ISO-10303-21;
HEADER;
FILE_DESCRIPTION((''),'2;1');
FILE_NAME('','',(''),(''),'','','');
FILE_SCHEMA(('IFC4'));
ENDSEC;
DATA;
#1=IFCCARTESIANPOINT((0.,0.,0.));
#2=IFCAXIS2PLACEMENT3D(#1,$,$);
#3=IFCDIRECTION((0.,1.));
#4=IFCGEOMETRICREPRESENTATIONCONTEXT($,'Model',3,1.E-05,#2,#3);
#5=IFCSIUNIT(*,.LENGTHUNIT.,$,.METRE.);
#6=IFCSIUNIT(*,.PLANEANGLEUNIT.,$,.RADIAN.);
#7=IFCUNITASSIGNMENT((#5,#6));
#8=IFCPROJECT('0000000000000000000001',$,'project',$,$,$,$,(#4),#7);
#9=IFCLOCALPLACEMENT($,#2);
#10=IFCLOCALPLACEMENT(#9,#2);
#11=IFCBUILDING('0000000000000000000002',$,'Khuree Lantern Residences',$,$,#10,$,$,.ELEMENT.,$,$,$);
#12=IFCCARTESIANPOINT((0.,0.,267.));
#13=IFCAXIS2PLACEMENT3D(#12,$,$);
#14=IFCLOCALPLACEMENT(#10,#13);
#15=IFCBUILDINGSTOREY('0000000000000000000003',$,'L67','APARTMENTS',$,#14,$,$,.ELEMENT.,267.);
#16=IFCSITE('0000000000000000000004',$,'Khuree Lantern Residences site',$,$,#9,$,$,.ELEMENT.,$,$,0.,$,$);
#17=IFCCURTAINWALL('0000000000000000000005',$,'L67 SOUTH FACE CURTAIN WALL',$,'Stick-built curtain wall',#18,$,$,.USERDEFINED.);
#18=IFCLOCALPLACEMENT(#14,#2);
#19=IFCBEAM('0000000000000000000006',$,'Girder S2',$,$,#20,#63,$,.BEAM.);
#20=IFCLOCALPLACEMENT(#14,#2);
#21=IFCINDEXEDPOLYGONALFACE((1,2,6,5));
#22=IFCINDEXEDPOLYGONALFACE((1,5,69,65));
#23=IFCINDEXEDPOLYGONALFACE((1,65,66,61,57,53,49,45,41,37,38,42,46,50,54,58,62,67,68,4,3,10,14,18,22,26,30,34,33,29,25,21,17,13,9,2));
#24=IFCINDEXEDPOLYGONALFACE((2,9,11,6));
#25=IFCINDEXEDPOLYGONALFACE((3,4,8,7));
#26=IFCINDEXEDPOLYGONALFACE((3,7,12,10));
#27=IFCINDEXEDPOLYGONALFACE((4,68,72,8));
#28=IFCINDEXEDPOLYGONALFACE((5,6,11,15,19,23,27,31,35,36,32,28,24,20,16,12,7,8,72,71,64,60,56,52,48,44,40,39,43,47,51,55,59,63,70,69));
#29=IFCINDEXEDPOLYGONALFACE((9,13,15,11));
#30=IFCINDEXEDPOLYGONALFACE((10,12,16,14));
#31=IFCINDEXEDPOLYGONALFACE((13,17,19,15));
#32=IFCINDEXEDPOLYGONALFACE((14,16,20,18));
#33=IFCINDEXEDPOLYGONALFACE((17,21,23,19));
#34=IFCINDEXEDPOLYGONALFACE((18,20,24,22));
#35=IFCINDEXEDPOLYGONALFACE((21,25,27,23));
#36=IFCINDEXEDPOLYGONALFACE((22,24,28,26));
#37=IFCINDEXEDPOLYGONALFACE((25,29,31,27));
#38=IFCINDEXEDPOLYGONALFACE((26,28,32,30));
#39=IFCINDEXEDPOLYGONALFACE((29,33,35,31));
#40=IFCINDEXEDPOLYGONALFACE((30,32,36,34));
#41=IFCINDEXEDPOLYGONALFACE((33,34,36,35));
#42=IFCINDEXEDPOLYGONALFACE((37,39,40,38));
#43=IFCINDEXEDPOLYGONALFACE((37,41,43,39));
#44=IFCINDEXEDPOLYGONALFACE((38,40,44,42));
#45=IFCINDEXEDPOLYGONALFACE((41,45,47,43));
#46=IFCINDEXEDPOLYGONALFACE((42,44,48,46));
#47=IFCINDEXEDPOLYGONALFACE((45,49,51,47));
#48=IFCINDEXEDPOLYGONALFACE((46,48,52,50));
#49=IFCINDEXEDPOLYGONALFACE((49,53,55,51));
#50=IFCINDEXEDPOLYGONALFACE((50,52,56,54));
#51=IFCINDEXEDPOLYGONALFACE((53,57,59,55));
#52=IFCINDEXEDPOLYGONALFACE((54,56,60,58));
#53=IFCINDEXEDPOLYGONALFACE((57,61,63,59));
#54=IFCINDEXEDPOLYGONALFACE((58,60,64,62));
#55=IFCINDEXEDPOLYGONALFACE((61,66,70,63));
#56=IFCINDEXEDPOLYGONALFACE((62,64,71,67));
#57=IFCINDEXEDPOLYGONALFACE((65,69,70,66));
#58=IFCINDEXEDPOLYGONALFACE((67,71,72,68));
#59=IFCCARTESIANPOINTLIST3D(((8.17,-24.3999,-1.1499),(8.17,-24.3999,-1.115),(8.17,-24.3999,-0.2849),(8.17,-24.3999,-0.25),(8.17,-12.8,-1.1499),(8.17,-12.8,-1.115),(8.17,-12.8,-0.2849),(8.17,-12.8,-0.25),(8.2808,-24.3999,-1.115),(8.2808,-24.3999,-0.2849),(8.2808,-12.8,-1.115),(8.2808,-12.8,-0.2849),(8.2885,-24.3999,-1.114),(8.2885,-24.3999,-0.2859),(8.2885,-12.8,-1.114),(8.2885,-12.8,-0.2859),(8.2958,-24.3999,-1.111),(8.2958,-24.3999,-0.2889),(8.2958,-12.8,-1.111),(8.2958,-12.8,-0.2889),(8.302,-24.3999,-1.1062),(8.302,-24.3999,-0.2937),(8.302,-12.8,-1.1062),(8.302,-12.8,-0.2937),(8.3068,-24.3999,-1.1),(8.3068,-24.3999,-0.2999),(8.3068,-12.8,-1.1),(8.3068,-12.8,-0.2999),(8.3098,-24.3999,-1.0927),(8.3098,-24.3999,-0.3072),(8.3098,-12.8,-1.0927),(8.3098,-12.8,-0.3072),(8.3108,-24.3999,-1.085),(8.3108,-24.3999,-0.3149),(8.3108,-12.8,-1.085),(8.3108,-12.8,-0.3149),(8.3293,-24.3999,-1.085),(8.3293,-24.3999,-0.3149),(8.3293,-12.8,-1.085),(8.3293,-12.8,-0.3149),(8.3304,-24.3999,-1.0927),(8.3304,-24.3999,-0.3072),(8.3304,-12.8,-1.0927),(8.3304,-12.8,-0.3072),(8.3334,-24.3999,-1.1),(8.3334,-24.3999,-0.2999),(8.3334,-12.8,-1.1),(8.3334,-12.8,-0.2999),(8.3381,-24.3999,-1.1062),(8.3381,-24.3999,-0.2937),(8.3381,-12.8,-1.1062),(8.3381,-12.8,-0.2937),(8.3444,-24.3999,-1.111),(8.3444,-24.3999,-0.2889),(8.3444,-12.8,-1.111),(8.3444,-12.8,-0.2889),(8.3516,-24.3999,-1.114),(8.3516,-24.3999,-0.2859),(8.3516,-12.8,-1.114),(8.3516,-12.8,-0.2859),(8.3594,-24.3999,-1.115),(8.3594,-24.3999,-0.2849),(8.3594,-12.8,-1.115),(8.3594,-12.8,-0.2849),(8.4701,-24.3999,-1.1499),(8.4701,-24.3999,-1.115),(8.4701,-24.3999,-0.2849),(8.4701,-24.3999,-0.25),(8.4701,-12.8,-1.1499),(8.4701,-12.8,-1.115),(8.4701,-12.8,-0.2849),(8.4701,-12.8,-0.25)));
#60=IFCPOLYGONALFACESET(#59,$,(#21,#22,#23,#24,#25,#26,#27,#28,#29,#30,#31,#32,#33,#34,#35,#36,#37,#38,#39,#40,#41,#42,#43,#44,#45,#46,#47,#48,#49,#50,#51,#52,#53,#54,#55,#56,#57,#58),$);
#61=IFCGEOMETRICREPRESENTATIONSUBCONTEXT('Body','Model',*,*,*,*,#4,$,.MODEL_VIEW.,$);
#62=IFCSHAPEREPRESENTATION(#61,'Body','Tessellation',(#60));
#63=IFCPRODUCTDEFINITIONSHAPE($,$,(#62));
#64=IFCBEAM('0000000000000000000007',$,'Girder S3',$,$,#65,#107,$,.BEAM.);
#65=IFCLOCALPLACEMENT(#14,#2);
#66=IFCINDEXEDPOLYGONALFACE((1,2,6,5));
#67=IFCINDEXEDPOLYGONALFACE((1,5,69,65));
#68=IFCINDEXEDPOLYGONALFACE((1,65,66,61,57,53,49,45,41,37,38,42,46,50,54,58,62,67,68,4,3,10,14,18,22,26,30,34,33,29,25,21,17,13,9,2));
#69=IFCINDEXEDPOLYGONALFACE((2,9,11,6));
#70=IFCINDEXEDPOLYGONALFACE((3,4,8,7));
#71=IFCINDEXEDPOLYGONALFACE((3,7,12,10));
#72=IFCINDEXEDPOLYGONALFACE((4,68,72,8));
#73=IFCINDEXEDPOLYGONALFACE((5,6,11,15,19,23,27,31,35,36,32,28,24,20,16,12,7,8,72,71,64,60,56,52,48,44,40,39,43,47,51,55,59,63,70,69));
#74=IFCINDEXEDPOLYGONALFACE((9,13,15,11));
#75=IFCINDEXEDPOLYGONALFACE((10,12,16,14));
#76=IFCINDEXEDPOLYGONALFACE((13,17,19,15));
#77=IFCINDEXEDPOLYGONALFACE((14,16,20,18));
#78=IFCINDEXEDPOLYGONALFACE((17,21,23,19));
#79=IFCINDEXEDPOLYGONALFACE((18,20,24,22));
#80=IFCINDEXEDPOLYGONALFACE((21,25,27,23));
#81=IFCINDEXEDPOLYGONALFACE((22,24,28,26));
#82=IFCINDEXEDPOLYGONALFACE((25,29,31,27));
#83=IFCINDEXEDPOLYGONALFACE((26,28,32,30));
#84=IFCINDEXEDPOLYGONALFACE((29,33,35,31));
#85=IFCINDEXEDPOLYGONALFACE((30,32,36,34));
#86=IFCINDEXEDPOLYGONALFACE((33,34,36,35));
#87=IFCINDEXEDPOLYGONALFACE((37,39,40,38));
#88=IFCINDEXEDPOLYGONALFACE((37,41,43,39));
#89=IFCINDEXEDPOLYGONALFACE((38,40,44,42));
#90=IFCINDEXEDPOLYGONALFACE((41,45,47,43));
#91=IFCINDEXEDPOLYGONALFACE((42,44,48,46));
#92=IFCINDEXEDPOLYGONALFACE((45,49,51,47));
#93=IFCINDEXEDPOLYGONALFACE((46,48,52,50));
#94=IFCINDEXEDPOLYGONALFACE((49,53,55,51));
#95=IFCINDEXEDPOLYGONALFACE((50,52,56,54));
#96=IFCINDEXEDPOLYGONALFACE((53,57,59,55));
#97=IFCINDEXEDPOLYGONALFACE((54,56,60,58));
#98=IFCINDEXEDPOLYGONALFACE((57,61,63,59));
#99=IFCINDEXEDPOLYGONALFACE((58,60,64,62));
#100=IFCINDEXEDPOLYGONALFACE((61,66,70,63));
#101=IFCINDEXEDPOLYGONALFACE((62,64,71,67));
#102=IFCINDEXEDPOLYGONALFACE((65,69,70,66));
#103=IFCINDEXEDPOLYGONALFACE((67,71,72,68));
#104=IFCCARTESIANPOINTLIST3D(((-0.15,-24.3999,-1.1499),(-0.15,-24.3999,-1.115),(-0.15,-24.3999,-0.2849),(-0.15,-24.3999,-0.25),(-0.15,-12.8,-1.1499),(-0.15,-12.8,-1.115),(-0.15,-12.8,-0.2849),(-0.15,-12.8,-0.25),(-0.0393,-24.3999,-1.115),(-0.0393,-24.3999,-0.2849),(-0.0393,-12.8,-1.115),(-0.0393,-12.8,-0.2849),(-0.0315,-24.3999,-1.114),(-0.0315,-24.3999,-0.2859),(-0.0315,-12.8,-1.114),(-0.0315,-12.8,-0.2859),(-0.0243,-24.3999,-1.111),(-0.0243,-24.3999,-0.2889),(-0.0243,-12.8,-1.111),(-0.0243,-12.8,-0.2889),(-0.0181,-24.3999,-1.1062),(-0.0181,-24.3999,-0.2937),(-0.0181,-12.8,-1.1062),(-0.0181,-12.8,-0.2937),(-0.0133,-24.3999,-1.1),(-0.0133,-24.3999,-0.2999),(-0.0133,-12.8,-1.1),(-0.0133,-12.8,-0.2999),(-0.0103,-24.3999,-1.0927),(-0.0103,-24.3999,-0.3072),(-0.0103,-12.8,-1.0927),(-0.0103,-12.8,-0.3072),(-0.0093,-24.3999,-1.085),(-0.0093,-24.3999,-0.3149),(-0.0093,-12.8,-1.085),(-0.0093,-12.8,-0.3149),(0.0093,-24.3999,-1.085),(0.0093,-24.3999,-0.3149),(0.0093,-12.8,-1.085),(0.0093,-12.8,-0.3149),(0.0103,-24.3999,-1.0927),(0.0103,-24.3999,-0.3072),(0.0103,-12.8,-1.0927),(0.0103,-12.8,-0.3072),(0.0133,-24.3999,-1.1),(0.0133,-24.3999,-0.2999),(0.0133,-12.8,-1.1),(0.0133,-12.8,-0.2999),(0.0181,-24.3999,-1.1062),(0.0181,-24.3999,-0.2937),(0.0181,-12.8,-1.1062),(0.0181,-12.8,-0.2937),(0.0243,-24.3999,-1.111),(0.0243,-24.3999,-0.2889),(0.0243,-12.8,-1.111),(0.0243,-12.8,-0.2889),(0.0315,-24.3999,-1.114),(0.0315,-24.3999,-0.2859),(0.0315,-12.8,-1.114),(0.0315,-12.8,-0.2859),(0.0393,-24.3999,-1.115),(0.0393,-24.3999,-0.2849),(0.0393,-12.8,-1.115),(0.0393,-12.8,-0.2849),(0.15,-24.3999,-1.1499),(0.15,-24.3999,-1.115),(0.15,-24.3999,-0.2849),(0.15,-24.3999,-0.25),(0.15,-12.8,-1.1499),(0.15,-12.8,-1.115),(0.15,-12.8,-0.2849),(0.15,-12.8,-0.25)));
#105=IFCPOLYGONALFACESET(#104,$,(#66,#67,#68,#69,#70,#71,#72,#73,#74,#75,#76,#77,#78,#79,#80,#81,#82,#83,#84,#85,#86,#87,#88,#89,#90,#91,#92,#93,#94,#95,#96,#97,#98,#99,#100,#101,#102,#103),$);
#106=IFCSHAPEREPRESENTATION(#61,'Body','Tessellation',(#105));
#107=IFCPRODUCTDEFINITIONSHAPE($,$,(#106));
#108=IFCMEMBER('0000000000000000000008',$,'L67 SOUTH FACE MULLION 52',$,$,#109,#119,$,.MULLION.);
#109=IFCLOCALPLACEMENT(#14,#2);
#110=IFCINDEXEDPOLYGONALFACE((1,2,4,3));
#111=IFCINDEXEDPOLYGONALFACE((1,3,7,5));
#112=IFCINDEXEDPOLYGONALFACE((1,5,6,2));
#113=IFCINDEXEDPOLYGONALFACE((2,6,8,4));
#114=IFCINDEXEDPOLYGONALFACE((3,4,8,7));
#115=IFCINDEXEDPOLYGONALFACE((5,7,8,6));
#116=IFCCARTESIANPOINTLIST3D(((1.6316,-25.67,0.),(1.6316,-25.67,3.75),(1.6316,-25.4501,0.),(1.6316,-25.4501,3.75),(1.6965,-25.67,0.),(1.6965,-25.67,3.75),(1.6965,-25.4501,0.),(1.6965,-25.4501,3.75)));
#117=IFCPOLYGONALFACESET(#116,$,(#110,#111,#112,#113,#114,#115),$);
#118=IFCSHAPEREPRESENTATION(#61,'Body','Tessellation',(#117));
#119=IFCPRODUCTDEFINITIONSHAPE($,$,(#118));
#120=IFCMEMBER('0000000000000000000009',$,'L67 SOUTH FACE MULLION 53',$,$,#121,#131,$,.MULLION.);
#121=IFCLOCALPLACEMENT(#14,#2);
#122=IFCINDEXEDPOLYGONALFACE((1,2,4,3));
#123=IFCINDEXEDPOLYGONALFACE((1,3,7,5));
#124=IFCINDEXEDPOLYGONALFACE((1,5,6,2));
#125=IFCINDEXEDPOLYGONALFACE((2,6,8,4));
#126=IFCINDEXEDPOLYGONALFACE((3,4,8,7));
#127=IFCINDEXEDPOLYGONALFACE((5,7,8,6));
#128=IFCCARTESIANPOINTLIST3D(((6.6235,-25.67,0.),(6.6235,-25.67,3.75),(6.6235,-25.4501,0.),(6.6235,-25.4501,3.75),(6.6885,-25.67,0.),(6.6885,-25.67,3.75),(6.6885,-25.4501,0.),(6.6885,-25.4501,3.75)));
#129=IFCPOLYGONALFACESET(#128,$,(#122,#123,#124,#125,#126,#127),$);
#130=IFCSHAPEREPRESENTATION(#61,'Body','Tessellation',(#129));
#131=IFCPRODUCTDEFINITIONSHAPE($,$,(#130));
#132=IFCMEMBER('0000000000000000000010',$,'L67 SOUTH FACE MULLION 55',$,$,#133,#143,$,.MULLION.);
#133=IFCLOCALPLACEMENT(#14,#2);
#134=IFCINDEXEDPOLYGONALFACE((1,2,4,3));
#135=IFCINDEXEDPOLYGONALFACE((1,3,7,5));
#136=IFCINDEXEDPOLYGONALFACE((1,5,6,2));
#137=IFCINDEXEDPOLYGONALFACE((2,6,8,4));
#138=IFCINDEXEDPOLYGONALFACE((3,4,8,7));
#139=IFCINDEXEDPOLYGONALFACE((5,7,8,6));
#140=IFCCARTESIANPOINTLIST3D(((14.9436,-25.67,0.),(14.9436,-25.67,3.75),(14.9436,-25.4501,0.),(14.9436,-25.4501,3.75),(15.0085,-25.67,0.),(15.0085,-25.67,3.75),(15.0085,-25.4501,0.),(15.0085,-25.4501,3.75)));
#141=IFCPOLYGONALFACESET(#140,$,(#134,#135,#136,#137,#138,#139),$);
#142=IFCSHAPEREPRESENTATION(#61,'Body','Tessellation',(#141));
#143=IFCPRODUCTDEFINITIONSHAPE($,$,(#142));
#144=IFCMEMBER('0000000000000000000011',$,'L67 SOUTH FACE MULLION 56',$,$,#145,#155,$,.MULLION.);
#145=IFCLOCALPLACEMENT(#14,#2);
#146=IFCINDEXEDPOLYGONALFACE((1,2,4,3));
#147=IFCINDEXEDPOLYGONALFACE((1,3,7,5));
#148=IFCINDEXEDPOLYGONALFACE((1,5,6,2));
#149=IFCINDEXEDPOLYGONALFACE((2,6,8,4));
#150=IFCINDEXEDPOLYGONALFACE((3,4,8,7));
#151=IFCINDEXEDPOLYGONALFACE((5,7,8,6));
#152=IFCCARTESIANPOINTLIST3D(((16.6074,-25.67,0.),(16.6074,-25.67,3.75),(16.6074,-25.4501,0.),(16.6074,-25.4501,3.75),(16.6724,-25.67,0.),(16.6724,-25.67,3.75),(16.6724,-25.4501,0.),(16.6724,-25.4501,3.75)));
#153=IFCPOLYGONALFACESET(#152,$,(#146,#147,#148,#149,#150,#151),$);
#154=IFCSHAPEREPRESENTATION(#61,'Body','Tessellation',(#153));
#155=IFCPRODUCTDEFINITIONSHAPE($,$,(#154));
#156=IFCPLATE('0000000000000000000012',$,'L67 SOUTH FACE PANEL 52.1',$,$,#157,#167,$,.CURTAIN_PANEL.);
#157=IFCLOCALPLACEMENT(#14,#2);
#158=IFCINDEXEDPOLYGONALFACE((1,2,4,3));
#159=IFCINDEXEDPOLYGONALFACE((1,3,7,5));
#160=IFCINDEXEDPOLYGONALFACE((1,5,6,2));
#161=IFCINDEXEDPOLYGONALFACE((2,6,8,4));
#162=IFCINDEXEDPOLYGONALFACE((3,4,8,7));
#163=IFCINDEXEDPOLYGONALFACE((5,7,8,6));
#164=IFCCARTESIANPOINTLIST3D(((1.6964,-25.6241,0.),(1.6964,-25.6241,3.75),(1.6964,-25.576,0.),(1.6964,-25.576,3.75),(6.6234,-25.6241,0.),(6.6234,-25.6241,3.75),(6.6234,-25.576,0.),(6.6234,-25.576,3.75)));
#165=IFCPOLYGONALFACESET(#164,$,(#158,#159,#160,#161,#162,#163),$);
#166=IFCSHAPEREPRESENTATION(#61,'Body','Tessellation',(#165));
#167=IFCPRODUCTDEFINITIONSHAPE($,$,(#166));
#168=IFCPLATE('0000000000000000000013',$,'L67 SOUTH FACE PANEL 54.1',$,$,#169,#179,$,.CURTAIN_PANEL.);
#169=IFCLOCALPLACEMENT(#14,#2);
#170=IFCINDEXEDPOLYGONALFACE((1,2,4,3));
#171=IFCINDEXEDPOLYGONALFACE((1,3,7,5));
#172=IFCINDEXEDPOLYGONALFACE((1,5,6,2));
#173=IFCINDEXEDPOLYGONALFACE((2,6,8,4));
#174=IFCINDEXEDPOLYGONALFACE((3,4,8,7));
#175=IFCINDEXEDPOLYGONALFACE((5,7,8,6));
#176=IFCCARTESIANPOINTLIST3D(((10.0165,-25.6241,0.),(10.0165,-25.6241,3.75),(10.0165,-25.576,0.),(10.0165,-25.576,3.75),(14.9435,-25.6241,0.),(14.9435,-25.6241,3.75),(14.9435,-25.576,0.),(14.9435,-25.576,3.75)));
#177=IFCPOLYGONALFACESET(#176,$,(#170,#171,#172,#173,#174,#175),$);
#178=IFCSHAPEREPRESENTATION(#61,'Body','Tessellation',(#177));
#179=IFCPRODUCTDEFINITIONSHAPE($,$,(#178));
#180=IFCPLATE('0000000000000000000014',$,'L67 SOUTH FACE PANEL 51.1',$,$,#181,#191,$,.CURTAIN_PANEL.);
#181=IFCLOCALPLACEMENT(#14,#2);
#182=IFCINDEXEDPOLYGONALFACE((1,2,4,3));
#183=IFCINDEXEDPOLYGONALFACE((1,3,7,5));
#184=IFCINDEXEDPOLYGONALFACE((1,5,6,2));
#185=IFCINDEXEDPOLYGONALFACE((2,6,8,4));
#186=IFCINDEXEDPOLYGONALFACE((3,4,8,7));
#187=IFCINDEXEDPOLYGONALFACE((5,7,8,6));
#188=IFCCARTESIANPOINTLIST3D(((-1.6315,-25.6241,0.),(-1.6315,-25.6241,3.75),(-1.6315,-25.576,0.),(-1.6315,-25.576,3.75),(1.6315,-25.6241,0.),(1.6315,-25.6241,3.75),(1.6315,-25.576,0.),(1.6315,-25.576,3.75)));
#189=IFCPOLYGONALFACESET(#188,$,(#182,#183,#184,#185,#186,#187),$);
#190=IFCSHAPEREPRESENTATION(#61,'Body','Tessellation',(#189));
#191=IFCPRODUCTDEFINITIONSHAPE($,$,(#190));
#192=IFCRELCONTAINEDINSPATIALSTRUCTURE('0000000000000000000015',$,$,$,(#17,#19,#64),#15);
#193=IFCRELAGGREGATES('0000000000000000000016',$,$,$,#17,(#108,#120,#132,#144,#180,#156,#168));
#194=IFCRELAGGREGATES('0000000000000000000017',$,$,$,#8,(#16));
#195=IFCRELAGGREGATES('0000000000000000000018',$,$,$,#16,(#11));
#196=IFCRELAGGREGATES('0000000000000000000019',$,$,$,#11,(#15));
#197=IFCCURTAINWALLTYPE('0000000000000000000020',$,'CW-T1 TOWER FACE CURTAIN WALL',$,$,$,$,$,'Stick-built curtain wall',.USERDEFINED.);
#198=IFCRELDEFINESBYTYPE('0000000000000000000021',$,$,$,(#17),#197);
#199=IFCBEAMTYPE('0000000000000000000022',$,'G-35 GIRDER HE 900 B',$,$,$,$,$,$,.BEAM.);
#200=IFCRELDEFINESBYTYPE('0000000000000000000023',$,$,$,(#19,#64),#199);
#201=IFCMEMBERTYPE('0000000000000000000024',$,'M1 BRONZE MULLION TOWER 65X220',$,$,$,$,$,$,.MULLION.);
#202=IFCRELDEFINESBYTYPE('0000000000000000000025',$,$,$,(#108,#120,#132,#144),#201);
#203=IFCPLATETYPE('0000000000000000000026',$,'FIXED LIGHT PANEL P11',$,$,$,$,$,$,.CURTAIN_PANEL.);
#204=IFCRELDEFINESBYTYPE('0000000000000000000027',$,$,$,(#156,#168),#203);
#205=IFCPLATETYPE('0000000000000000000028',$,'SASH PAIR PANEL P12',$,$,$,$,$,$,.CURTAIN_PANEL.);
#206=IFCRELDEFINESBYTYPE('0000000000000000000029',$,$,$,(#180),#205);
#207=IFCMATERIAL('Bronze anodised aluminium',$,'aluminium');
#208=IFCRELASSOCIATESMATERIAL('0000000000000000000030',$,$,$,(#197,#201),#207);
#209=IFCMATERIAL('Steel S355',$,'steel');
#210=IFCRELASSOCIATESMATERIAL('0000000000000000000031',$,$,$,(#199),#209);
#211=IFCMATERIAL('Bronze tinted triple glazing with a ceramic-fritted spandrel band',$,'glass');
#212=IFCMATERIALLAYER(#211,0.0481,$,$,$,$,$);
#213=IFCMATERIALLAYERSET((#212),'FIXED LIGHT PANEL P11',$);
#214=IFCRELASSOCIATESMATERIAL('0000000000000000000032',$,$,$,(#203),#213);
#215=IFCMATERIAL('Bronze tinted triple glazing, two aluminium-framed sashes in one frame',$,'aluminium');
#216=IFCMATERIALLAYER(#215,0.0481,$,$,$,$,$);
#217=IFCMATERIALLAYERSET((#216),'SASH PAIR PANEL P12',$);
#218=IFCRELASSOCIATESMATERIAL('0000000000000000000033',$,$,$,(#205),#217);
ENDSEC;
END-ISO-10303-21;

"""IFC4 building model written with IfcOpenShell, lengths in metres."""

from ifc_helpers import new_model, si_unit, direction, frame, origin, origin_2d, place, context, subcontext, project, spatial, rectangle, i_section, extrude, material, layer, layer_set, material_profile, profile_set, type_object, element, aggregate, save


model = new_model("IFC4")

# Units and contexts
model_context = context("Model", 3, precision=1e-05, world=origin(), true_north=direction((0.0, 1.0)))
body_context = subcontext(model_context, "Body", "Model", "MODEL_VIEW")
ifc_project = project(units=[si_unit("LENGTHUNIT", "METRE"), si_unit("PLANEANGLEUNIT", "RADIAN")], contexts=[model_context])

# Site, building, storey
site_placement = place(None, origin())
site = spatial("IfcSite", under=ifc_project, at=site_placement, Name="Khuree Lantern Residences site", CompositionType="ELEMENT", RefElevation=0.0)
building_placement = place(site_placement, origin())
building = spatial("IfcBuilding", under=site, at=building_placement, Name="Khuree Lantern Residences", CompositionType="ELEMENT")
storey_placement = place(building_placement, frame((0.0, 0.0, 267.0)))
storey = spatial("IfcBuildingStorey", under=building, at=storey_placement, Name="L67", Description="APARTMENTS", CompositionType="ELEMENT", Elevation=267.0)

# Shared definitions
ifc_material_1 = material(Name="Steel S355", Category="steel")

# Curtain wall
ifc_material_2 = material(Name="Bronze anodised aluminium", Category="aluminium")
curtain_wall_type = type_object("IfcCurtainWallType", Name="CW-T1 TOWER FACE CURTAIN WALL", ElementType="Stick-built curtain wall", PredefinedType="USERDEFINED", material=ifc_material_2)
curtain_wall_placement = place(storey_placement, origin())
curtain_wall = element("IfcCurtainWall", 1, at=curtain_wall_placement, inside=storey, type_object=curtain_wall_type, Name="L67 SOUTH FACE CURTAIN WALL", ObjectType="Stick-built curtain wall", PredefinedType="USERDEFINED")

# Beams
ifc_material_profile_1 = material_profile(ifc_material_1, i_section(OverallWidth=0.3, OverallDepth=0.8999, WebThickness=0.0186, FlangeThickness=0.0349, FilletRadius=0.03, at=origin_2d()), Name="HE 900 B")
ifc_profile_set_1 = profile_set([ifc_material_profile_1], Name="Steel S355")
beam_type_1 = type_object("IfcBeamType", Name="G-35 GIRDER HE 900 B", PredefinedType="BEAM", material=ifc_profile_set_1)
for number, where, z_axis, x_axis, name in (
    (2, (8.3201, -24.3999, -0.7), (0.0, 1.0, 0.0), (-1.0, 0.0, 0.0), "Girder S2"),
    (3, (0.0, -24.3999, -0.7), (0.0, 1.0, 0.0), (-1.0, 0.0, 0.0), "Girder S3"),
):
    element("IfcBeam", number, at=place(storey_placement, frame(where, z_axis=z_axis, x_axis=x_axis)), inside=storey, type_object=beam_type_1, Name=name, PredefinedType="BEAM", context=body_context, shape_type="SweptSolid", body=[
        extrude(i_section(OverallWidth=0.3, OverallDepth=0.8999, WebThickness=0.0186, FlangeThickness=0.0349, FilletRadius=0.03, at=origin_2d()), origin(), (0.0, 0.0, 1.0), 11.5999),
    ])

# Members
ifc_material_profile_2 = material_profile(ifc_material_2, rectangle(XDim=0.0649, YDim=0.22, at=origin_2d()), Name="M1 65X220")
ifc_profile_set_2 = profile_set([ifc_material_profile_2], Name="Bronze anodised aluminium")
member_type_1 = type_object("IfcMemberType", Name="M1 BRONZE MULLION TOWER 65X220", PredefinedType="MULLION", material=ifc_profile_set_2)
member_1_placement = place(storey_placement, frame((1.6641, -25.5601, 0.0), z_axis=(0.0, 0.0, 1.0), x_axis=(1.0, 0.0, 0.0)))
member_1 = element("IfcMember", 4, at=member_1_placement, type_object=member_type_1, Name="L67 SOUTH FACE MULLION 52", PredefinedType="MULLION", context=body_context, shape_type="SweptSolid", body=[
    extrude(rectangle(XDim=0.0649, YDim=0.22, at=origin_2d()), origin(), (0.0, 0.0, 1.0), 3.75),
])
member_2_placement = place(storey_placement, frame((6.656, -25.5601, 0.0), z_axis=(0.0, 0.0, 1.0), x_axis=(1.0, 0.0, 0.0)))
member_2 = element("IfcMember", 5, at=member_2_placement, type_object=member_type_1, Name="L67 SOUTH FACE MULLION 53", PredefinedType="MULLION", context=body_context, shape_type="SweptSolid", body=[
    extrude(rectangle(XDim=0.0649, YDim=0.22, at=origin_2d()), origin(), (0.0, 0.0, 1.0), 3.75),
])
member_3_placement = place(storey_placement, frame((14.9761, -25.5601, 0.0), z_axis=(0.0, 0.0, 1.0), x_axis=(1.0, 0.0, 0.0)))
member_3 = element("IfcMember", 6, at=member_3_placement, type_object=member_type_1, Name="L67 SOUTH FACE MULLION 55", PredefinedType="MULLION", context=body_context, shape_type="SweptSolid", body=[
    extrude(rectangle(XDim=0.0649, YDim=0.22, at=origin_2d()), origin(), (0.0, 0.0, 1.0), 3.75),
])
member_4_placement = place(storey_placement, frame((16.6399, -25.5601, 0.0), z_axis=(0.0, 0.0, 1.0), x_axis=(1.0, 0.0, 0.0)))
member_4 = element("IfcMember", 7, at=member_4_placement, type_object=member_type_1, Name="L67 SOUTH FACE MULLION 56", PredefinedType="MULLION", context=body_context, shape_type="SweptSolid", body=[
    extrude(rectangle(XDim=0.0649, YDim=0.22, at=origin_2d()), origin(), (0.0, 0.0, 1.0), 3.75),
])

# Plates
ifc_material_3 = material(Name="Bronze tinted triple glazing with a ceramic-fritted spandrel band", Category="glass")
ifc_layer_1 = layer(ifc_material_3, 0.0481)
ifc_layer_set_1 = layer_set([ifc_layer_1], Name="FIXED LIGHT PANEL P11")
plate_type_1 = type_object("IfcPlateType", Name="FIXED LIGHT PANEL P11", PredefinedType="CURTAIN_PANEL", material=ifc_layer_set_1)
plate_1_placement = place(storey_placement, frame((4.1599, -25.6001, 0.0), z_axis=(0.0, 0.0, 1.0), x_axis=(1.0, 0.0, 0.0)))
plate_1 = element("IfcPlate", 8, at=plate_1_placement, type_object=plate_type_1, Name="L67 SOUTH FACE PANEL 52.1", PredefinedType="CURTAIN_PANEL", context=body_context, shape_type="SweptSolid", body=[
    extrude(rectangle(XDim=4.927, YDim=0.0481, at=origin_2d()), origin(), (0.0, 0.0, 1.0), 3.75),
])
plate_2_placement = place(storey_placement, frame((12.48, -25.6001, 0.0), z_axis=(0.0, 0.0, 1.0), x_axis=(1.0, 0.0, 0.0)))
plate_2 = element("IfcPlate", 9, at=plate_2_placement, type_object=plate_type_1, Name="L67 SOUTH FACE PANEL 54.1", PredefinedType="CURTAIN_PANEL", context=body_context, shape_type="SweptSolid", body=[
    extrude(rectangle(XDim=4.927, YDim=0.0481, at=origin_2d()), origin(), (0.0, 0.0, 1.0), 3.75),
])
ifc_material_4 = material(Name="Bronze tinted triple glazing, two aluminium-framed sashes in one frame", Category="aluminium")
ifc_layer_2 = layer(ifc_material_4, 0.0481)
ifc_layer_set_2 = layer_set([ifc_layer_2], Name="SASH PAIR PANEL P12")
plate_type_2 = type_object("IfcPlateType", Name="SASH PAIR PANEL P12", PredefinedType="CURTAIN_PANEL", material=ifc_layer_set_2)
plate_3_placement = place(storey_placement, frame((0.0, -25.6001, 0.0), z_axis=(0.0, 0.0, 1.0), x_axis=(1.0, 0.0, 0.0)))
plate_3 = element("IfcPlate", 10, at=plate_3_placement, type_object=plate_type_2, Name="L67 SOUTH FACE PANEL 51.1", PredefinedType="CURTAIN_PANEL", context=body_context, shape_type="SweptSolid", body=[
    extrude(rectangle(XDim=3.2629, YDim=0.0481, at=origin_2d()), origin(), (0.0, 0.0, 1.0), 3.75),
])
aggregate(curtain_wall, [member_1, member_2, member_3, member_4, plate_3, plate_1, plate_2])

save(model, "model.ifc")
